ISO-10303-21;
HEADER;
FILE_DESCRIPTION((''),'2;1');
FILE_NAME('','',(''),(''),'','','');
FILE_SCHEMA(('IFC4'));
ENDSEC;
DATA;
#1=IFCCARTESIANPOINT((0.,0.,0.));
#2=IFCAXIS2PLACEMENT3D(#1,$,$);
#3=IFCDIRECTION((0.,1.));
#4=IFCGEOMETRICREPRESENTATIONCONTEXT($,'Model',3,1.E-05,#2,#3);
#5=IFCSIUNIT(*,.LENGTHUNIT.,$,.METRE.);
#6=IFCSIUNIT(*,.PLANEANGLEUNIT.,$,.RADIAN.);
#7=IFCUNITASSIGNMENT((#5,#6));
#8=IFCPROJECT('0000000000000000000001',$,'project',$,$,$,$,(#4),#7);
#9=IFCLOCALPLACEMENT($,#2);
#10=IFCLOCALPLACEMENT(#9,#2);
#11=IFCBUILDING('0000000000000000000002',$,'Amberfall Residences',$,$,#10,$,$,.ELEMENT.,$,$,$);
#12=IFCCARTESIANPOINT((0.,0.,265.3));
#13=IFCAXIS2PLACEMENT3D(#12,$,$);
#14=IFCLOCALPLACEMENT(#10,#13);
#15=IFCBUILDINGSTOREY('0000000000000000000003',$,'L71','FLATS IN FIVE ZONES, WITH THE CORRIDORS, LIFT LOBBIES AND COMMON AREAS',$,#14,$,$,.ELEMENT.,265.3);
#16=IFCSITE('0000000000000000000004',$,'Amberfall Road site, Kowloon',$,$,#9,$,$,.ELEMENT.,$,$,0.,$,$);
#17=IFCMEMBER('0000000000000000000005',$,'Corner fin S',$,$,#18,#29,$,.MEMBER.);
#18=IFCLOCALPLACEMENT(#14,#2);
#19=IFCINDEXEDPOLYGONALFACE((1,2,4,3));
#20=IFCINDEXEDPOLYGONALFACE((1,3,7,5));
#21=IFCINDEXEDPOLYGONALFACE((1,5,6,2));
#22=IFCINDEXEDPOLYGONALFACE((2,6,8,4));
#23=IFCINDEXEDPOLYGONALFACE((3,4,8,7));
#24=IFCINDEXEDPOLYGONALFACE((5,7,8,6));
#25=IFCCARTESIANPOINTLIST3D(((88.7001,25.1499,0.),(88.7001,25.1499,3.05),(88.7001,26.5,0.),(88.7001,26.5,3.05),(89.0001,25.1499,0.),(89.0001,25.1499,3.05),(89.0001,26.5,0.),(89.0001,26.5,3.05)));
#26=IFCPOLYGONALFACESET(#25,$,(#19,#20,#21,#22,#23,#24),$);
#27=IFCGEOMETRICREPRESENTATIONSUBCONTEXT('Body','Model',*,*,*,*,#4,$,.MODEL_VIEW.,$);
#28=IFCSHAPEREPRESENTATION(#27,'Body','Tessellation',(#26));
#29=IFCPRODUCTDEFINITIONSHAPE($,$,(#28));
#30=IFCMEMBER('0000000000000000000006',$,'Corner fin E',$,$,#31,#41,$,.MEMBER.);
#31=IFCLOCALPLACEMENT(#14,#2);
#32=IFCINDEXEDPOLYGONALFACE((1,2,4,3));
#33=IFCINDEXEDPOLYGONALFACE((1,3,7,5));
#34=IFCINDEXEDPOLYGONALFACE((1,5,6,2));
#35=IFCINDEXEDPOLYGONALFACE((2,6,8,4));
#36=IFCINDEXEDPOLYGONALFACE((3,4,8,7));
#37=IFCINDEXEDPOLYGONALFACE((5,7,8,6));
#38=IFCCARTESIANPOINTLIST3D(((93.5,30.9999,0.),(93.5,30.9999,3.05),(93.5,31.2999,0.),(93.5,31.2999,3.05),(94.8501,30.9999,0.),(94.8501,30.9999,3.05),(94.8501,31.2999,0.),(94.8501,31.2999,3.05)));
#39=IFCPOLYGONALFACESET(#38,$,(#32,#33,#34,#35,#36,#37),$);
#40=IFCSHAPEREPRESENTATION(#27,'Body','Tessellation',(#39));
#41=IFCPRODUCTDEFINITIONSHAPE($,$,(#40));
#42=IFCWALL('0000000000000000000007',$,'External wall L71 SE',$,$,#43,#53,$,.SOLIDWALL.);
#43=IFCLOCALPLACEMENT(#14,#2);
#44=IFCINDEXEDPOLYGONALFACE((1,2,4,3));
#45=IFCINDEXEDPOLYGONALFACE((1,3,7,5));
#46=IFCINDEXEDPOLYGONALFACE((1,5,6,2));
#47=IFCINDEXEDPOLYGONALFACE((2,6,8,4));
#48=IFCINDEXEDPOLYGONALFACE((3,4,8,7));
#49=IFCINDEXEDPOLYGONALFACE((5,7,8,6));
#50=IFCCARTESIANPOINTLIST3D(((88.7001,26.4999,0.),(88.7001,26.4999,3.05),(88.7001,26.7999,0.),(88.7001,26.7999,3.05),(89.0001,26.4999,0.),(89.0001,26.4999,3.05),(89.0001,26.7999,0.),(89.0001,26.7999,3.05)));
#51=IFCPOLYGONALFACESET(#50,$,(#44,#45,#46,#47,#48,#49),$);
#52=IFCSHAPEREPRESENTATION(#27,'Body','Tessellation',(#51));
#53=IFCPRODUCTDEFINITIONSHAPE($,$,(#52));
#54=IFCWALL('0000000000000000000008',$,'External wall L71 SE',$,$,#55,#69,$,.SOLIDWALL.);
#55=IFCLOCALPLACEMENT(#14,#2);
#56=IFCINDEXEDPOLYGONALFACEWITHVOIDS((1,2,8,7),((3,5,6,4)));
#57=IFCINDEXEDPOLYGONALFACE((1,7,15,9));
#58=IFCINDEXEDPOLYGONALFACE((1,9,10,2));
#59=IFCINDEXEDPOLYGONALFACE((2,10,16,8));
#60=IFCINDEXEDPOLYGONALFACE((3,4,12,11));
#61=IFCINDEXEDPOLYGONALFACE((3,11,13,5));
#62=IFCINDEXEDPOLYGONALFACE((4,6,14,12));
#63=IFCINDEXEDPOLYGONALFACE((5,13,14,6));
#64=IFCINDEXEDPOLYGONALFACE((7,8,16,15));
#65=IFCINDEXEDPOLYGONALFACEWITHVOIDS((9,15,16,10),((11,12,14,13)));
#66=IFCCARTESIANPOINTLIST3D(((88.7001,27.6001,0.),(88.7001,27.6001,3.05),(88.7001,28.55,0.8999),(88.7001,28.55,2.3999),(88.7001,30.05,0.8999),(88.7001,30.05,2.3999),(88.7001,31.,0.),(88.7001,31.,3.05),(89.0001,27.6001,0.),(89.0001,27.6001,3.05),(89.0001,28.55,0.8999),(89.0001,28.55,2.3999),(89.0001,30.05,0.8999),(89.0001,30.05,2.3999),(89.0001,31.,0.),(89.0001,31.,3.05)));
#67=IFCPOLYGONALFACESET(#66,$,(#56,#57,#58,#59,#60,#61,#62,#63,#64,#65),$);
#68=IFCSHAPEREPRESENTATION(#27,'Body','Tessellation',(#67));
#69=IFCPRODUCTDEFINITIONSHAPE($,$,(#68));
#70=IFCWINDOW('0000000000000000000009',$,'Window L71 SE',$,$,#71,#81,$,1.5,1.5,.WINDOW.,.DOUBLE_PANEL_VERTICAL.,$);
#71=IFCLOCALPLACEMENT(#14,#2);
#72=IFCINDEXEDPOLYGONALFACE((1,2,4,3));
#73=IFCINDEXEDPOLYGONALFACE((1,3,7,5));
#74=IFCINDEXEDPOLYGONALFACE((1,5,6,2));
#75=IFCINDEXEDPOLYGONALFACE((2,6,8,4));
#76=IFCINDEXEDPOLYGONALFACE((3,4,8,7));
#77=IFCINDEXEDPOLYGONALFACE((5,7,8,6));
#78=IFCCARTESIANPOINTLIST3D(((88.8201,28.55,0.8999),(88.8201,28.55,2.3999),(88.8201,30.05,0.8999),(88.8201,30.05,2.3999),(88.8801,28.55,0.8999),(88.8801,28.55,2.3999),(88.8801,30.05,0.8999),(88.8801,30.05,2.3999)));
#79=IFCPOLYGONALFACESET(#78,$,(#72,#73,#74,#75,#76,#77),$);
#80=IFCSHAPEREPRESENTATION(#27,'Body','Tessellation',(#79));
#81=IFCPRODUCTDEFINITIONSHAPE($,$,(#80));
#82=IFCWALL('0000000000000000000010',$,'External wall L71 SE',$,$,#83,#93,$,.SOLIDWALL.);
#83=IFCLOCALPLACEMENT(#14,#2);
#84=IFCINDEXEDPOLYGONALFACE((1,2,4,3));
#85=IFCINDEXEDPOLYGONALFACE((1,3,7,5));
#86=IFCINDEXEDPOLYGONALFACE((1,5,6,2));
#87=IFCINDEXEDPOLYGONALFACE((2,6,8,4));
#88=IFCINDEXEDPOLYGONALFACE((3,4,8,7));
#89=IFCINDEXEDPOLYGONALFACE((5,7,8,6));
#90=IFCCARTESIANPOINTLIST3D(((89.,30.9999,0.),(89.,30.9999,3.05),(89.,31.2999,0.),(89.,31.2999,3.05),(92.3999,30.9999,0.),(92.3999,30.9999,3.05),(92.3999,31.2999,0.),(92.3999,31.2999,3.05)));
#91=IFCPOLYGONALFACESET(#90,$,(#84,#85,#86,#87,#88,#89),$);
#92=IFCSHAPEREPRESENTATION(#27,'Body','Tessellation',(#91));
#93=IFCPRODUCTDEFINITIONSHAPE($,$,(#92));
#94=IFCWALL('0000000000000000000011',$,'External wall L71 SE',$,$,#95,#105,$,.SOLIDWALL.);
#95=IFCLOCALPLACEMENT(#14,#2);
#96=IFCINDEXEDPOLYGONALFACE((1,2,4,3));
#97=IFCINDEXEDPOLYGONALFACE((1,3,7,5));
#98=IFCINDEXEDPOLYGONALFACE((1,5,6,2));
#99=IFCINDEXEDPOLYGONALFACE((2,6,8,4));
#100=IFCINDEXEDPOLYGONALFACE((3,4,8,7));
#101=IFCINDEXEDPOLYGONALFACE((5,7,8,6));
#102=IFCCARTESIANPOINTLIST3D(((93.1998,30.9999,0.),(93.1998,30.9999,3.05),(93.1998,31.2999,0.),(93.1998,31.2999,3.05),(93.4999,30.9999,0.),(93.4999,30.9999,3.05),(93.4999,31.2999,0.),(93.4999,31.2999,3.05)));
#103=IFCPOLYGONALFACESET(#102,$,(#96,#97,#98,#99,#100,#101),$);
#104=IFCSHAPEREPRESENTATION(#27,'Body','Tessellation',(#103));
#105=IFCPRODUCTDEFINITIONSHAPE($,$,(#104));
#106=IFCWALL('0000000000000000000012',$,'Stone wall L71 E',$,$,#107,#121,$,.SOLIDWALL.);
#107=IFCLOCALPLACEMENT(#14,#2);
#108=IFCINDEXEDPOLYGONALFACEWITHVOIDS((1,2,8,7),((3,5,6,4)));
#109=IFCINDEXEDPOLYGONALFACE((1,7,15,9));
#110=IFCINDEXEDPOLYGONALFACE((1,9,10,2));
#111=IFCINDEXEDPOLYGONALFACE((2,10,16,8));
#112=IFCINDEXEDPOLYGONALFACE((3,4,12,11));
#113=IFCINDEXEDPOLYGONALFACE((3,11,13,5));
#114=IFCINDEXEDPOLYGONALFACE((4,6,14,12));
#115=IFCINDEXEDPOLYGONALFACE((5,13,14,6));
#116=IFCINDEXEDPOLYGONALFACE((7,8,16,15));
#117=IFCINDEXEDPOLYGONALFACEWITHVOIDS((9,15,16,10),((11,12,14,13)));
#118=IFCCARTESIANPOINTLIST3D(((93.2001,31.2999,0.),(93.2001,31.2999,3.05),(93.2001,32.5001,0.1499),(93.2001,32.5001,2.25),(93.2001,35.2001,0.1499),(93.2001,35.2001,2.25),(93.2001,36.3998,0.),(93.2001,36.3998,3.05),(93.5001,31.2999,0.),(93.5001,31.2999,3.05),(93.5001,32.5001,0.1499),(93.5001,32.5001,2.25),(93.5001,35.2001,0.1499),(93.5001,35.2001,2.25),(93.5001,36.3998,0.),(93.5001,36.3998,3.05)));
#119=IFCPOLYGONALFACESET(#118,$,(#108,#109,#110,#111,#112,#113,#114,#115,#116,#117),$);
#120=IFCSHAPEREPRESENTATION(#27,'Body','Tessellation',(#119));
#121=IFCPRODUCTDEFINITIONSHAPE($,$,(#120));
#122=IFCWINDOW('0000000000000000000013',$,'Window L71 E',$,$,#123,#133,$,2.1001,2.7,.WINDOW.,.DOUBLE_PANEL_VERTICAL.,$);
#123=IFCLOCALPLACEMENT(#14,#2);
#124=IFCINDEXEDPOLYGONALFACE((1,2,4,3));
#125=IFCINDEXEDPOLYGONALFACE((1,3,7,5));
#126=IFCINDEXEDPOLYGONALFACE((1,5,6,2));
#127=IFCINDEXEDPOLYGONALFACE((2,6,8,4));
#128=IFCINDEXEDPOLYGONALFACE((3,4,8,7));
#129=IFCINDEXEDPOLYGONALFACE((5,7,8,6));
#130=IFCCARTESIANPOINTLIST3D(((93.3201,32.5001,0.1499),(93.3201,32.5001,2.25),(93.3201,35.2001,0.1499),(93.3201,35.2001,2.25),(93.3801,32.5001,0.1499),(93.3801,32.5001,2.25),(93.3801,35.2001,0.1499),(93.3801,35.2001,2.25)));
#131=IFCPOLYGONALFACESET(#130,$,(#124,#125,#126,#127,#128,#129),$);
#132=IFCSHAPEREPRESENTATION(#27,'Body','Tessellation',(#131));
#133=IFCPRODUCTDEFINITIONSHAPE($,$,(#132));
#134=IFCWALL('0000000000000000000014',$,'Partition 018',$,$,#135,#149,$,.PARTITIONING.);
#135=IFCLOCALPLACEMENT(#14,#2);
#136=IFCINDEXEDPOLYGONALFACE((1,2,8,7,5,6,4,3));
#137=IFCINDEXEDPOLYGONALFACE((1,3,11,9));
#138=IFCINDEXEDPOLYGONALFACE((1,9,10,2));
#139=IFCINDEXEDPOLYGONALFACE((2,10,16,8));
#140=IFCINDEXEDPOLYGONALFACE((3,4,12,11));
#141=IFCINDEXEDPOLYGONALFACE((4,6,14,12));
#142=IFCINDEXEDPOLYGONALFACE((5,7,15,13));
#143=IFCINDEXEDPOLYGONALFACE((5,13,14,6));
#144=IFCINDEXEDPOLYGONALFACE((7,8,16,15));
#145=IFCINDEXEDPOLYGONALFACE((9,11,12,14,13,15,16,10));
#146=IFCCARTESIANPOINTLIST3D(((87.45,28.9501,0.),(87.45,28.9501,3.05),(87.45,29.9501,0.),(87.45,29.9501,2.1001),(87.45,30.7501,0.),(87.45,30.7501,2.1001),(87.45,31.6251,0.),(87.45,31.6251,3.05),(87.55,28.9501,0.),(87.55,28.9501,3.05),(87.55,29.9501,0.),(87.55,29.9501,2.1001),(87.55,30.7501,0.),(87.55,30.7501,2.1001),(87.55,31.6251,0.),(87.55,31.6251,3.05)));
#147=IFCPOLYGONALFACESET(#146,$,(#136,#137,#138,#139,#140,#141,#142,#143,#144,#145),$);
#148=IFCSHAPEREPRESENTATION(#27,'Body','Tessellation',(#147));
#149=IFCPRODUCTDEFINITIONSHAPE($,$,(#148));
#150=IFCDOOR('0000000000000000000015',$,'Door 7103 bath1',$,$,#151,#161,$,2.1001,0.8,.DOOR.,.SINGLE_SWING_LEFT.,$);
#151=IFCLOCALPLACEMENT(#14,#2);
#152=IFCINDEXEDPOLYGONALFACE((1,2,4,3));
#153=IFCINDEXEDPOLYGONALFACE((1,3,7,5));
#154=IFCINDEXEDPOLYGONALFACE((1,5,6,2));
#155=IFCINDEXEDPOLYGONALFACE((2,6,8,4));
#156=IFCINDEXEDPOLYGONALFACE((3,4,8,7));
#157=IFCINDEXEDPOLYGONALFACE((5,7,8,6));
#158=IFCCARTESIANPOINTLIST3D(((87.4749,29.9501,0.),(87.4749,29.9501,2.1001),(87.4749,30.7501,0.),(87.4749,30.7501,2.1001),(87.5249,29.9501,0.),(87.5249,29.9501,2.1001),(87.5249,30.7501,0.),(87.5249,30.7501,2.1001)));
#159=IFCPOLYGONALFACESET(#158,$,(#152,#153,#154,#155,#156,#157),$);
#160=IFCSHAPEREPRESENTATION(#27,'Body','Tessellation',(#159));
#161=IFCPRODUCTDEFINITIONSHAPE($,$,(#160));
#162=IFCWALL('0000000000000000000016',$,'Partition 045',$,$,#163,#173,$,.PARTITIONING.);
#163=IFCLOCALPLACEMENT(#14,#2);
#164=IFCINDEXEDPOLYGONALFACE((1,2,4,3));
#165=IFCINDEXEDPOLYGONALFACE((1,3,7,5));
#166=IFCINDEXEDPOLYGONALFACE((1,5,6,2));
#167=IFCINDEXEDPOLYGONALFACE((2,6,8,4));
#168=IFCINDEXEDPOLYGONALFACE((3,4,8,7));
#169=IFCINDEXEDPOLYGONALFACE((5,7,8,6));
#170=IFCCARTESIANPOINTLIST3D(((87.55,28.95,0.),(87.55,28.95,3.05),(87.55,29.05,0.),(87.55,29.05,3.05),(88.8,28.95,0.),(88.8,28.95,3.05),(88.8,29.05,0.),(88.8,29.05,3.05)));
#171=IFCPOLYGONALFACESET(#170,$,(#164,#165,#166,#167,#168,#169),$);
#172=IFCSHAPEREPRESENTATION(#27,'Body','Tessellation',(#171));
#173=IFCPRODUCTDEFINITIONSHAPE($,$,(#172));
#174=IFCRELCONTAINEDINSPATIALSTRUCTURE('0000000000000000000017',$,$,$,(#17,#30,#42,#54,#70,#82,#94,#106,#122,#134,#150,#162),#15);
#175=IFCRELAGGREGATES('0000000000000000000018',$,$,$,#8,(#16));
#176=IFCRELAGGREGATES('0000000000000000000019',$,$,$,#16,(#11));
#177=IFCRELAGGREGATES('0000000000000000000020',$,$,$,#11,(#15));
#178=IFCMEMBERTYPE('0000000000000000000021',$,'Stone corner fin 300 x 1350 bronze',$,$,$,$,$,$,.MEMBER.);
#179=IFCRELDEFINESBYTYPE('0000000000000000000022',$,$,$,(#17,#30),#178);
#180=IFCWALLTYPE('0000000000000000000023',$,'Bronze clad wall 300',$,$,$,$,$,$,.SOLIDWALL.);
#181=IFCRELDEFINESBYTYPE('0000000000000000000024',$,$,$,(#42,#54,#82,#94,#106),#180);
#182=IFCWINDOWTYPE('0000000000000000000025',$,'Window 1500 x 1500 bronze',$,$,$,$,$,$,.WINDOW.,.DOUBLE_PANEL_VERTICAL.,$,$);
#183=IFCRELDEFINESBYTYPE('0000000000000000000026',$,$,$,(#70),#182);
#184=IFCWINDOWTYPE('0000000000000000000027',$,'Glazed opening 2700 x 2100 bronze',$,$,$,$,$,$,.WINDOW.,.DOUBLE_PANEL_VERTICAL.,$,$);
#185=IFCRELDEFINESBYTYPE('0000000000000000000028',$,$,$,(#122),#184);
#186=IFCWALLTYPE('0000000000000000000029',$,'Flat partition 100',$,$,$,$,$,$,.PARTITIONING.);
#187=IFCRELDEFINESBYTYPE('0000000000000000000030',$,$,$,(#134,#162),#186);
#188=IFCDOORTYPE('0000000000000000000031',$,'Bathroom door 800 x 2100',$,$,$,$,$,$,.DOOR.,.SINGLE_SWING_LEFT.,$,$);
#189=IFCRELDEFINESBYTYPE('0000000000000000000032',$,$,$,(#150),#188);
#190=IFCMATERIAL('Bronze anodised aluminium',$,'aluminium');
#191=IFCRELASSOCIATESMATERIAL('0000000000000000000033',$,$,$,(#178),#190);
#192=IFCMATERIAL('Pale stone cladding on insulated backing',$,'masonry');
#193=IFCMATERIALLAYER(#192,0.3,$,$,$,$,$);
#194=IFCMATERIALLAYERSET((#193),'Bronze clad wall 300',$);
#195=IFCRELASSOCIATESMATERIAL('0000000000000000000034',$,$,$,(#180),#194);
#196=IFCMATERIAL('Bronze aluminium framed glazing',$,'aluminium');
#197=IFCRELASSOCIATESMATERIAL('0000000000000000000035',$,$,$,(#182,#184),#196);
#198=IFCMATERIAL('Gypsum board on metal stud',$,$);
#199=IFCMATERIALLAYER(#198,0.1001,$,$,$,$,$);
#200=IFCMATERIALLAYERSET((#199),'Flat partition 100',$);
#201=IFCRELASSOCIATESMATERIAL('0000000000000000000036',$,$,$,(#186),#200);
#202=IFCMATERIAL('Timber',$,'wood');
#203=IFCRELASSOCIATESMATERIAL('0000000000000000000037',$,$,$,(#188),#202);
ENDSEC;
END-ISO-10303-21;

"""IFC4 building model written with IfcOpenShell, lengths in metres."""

from ifc_helpers import new_model, si_unit, direction, frame, frame_2d, origin, origin_2d, place, context, subcontext, project, spatial, rectangle, extrude, material, layer, layer_set, material_profile, profile_set, type_object, element, fill, save


model = new_model("IFC4")

# Units and contexts
model_context = context("Model", 3, precision=1e-05, world=origin(), true_north=direction((0.0, 1.0)))
body_context = subcontext(model_context, "Body", "Model", "MODEL_VIEW")
ifc_project = project(units=[si_unit("LENGTHUNIT", "METRE"), si_unit("PLANEANGLEUNIT", "RADIAN")], contexts=[model_context])

# Site, building, storey
site_placement = place(None, origin())
site = spatial("IfcSite", under=ifc_project, at=site_placement, Name="Amberfall Road site, Kowloon", CompositionType="ELEMENT", RefElevation=0.0)
building_placement = place(site_placement, origin())
building = spatial("IfcBuilding", under=site, at=building_placement, Name="Amberfall Residences", CompositionType="ELEMENT")
storey_placement = place(building_placement, frame((0.0, 0.0, 265.3)))
storey = spatial("IfcBuildingStorey", under=building, at=storey_placement, Name="L71", Description="FLATS IN FIVE ZONES, WITH THE CORRIDORS, LIFT LOBBIES AND COMMON AREAS", CompositionType="ELEMENT", Elevation=265.3)

# Members
ifc_material_1 = material(Name="Bronze anodised aluminium", Category="aluminium")
ifc_material_profile_1 = material_profile(ifc_material_1, rectangle(XDim=1.3501, YDim=0.3, at=origin_2d()), Name="Stone corner fin 300 x 1350 bronze")
ifc_profile_set_1 = profile_set([ifc_material_profile_1], Name="Bronze anodised aluminium")
member_type = type_object("IfcMemberType", Name="Stone corner fin 300 x 1350 bronze", PredefinedType="MEMBER", material=ifc_profile_set_1)
for number, where, z_axis, x_axis, name in (
    (1, (88.8501, 25.825, 0.0), (0.0, 0.0, 1.0), (0.0, 1.0, 0.0), "Corner fin S"),
    (2, (94.175, 31.1499, 0.0), (0.0, 0.0, 1.0), (-1.0, 0.0, 0.0), "Corner fin E"),
):
    element("IfcMember", number, at=place(storey_placement, frame(where, z_axis=z_axis, x_axis=x_axis)), inside=storey, type_object=member_type, Name=name, PredefinedType="MEMBER", context=body_context, shape_type="SweptSolid", body=[
        extrude(rectangle(XDim=1.3501, YDim=0.3, at=origin_2d()), origin(), (0.0, 0.0, 1.0), 3.05),
    ])

# Wall
ifc_material_2 = material(Name="Pale stone cladding on insulated backing", Category="masonry")
ifc_layer_1 = layer(ifc_material_2, 0.3)
ifc_layer_set_1 = layer_set([ifc_layer_1], Name="Bronze clad wall 300")
wall_type_1 = type_object("IfcWallType", Name="Bronze clad wall 300", PredefinedType="SOLIDWALL", material=ifc_layer_set_1)
wall_1_placement = place(storey_placement, frame((88.8501, 26.5, 0.0), z_axis=(0.0, 0.0, 1.0), x_axis=(0.0, 1.0, 0.0)))
element("IfcWall", 3, at=wall_1_placement, inside=storey, type_object=wall_type_1, Name="External wall L71 SE", PredefinedType="SOLIDWALL", context=body_context, shape_type="SweptSolid", body=[
    extrude(rectangle(XDim=0.3, YDim=0.3, at=frame_2d((0.1499, 0.0))), origin(), (0.0, 0.0, 1.0), 3.05),
])

# Wall, opening, window
wall_2_placement = place(storey_placement, frame((88.8501, 27.6001, 0.0), z_axis=(0.0, 0.0, 1.0), x_axis=(0.0, 1.0, 0.0)))
wall_2 = element("IfcWall", 4, at=wall_2_placement, inside=storey, type_object=wall_type_1, Name="External wall L71 SE", PredefinedType="SOLIDWALL", context=body_context, shape_type="SweptSolid", body=[
    extrude(rectangle(XDim=3.3999, YDim=0.3, at=frame_2d((1.7, 0.0))), origin(), (0.0, 0.0, 1.0), 3.05),
])
opening_1_placement = place(wall_2_placement, frame((0.95, 0.0, 0.8999)))
opening_1 = element("IfcOpeningElement", 5, at=opening_1_placement, cuts=wall_2, PredefinedType="OPENING", context=body_context, shape_type="SweptSolid", body=[
    extrude(rectangle(XDim=1.5, YDim=1.5, at=frame_2d((0.75, 0.75))), frame((0.0, 0.1599, 0.0), z_axis=(0.0, -1.0, 0.0), x_axis=(1.0, 0.0, 0.0)), (0.0, 0.0, 1.0), 0.3201),
])
ifc_material_3 = material(Name="Bronze aluminium framed glazing", Category="aluminium")
window_type_1 = type_object("IfcWindowType", Name="Window 1500 x 1500 bronze", PartitioningType="DOUBLE_PANEL_VERTICAL", PredefinedType="WINDOW", material=ifc_material_3)
window_1_placement = place(opening_1_placement, origin())
window_1 = element("IfcWindow", 6, at=window_1_placement, inside=storey, type_object=window_type_1, Name="Window L71 SE", OverallHeight=1.5, OverallWidth=1.5, PartitioningType="DOUBLE_PANEL_VERTICAL", PredefinedType="WINDOW", context=body_context, shape_type="SweptSolid", body=[
    extrude(rectangle(XDim=1.5, YDim=1.5, at=frame_2d((0.75, 0.75))), frame((0.0, 0.03, 0.0), z_axis=(0.0, -1.0, 0.0), x_axis=(1.0, 0.0, 0.0)), (0.0, 0.0, 1.0), 0.0601),
])
fill(opening_1, window_1)

# Walls
wall_3_placement = place(storey_placement, frame((89.0, 31.1499, 0.0), z_axis=(0.0, 0.0, 1.0), x_axis=(1.0, 0.0, 0.0)))
element("IfcWall", 7, at=wall_3_placement, inside=storey, type_object=wall_type_1, Name="External wall L71 SE", PredefinedType="SOLIDWALL", context=body_context, shape_type="SweptSolid", body=[
    extrude(rectangle(XDim=3.3999, YDim=0.3, at=frame_2d((1.7, 0.0))), origin(), (0.0, 0.0, 1.0), 3.05),
])
wall_4_placement = place(storey_placement, frame((93.2, 31.1499, 0.0), z_axis=(0.0, 0.0, 1.0), x_axis=(1.0, 0.0, 0.0)))
element("IfcWall", 8, at=wall_4_placement, inside=storey, type_object=wall_type_1, Name="External wall L71 SE", PredefinedType="SOLIDWALL", context=body_context, shape_type="SweptSolid", body=[
    extrude(rectangle(XDim=0.3, YDim=0.3, at=frame_2d((0.1499, 0.0))), origin(), (0.0, 0.0, 1.0), 3.05),
])

# Wall, opening, window
wall_5_placement = place(storey_placement, frame((93.3501, 31.3, 0.0), z_axis=(0.0, 0.0, 1.0), x_axis=(0.0, 1.0, 0.0)))
wall_5 = element("IfcWall", 9, at=wall_5_placement, inside=storey, type_object=wall_type_1, Name="Stone wall L71 E", PredefinedType="SOLIDWALL", context=body_context, shape_type="SweptSolid", body=[
    extrude(rectangle(XDim=5.0999, YDim=0.3, at=frame_2d((2.5498, 0.0))), origin(), (0.0, 0.0, 1.0), 3.05),
])
opening_2_placement = place(wall_5_placement, frame((1.2, 0.0, 0.1499)))
opening_2 = element("IfcOpeningElement", 10, at=opening_2_placement, cuts=wall_5, PredefinedType="OPENING", context=body_context, shape_type="SweptSolid", body=[
    extrude(rectangle(XDim=2.7, YDim=2.1001, at=frame_2d((1.3501, 1.05))), frame((0.0, 0.1599, 0.0), z_axis=(0.0, -1.0, 0.0), x_axis=(1.0, 0.0, 0.0)), (0.0, 0.0, 1.0), 0.3201),
])
window_type_2 = type_object("IfcWindowType", Name="Glazed opening 2700 x 2100 bronze", PartitioningType="DOUBLE_PANEL_VERTICAL", PredefinedType="WINDOW", material=ifc_material_3)
window_2_placement = place(opening_2_placement, origin())
window_2 = element("IfcWindow", 11, at=window_2_placement, inside=storey, type_object=window_type_2, Name="Window L71 E", OverallHeight=2.1001, OverallWidth=2.7, PartitioningType="DOUBLE_PANEL_VERTICAL", PredefinedType="WINDOW", context=body_context, shape_type="SweptSolid", body=[
    extrude(rectangle(XDim=2.7, YDim=2.1001, at=frame_2d((1.3501, 1.05))), frame((0.0, 0.03, 0.0), z_axis=(0.0, -1.0, 0.0), x_axis=(1.0, 0.0, 0.0)), (0.0, 0.0, 1.0), 0.0601),
])
fill(opening_2, window_2)

# Wall, opening, door
ifc_material_4 = material(Name="Gypsum board on metal stud")
ifc_layer_2 = layer(ifc_material_4, 0.1001)
ifc_layer_set_2 = layer_set([ifc_layer_2], Name="Flat partition 100")
wall_type_2 = type_object("IfcWallType", Name="Flat partition 100", PredefinedType="PARTITIONING", material=ifc_layer_set_2)
wall_6_placement = place(storey_placement, frame((87.5, 31.625, 0.0), z_axis=(0.0, 0.0, 1.0), x_axis=(0.0, -1.0, 0.0)))
wall_6 = element("IfcWall", 12, at=wall_6_placement, inside=storey, type_object=wall_type_2, Name="Partition 018", PredefinedType="PARTITIONING", context=body_context, shape_type="SweptSolid", body=[
    extrude(rectangle(XDim=2.675, YDim=0.1001, at=frame_2d((1.3374, 0.0))), origin(), (0.0, 0.0, 1.0), 3.05),
])
opening_3_placement = place(wall_6_placement, frame((0.875, 0.0, 0.0)))
opening_3 = element("IfcOpeningElement", 13, at=opening_3_placement, cuts=wall_6, PredefinedType="OPENING", context=body_context, shape_type="SweptSolid", body=[
    extrude(rectangle(XDim=0.8, YDim=2.1001, at=frame_2d((0.3999, 1.05))), frame((0.0, 0.0601, 0.0), z_axis=(0.0, -1.0, 0.0), x_axis=(1.0, 0.0, 0.0)), (0.0, 0.0, 1.0), 0.1201),
])
ifc_material_5 = material(Name="Timber", Category="wood")
door_type_1 = type_object("IfcDoorType", Name="Bathroom door 800 x 2100", OperationType="SINGLE_SWING_LEFT", PredefinedType="DOOR", material=ifc_material_5)
door_1_placement = place(opening_3_placement, origin())
door_1 = element("IfcDoor", 14, at=door_1_placement, inside=storey, type_object=door_type_1, Name="Door 7103 bath1", OperationType="SINGLE_SWING_LEFT", OverallHeight=2.1001, OverallWidth=0.8, PredefinedType="DOOR", context=body_context, shape_type="SweptSolid", body=[
    extrude(rectangle(XDim=0.8, YDim=2.1001, at=frame_2d((0.3999, 1.05))), frame((0.0, 0.0249, 0.0), z_axis=(0.0, -1.0, 0.0), x_axis=(1.0, 0.0, 0.0)), (0.0, 0.0, 1.0), 0.05),
])
fill(opening_3, door_1)

# Wall
wall_7_placement = place(storey_placement, frame((87.55, 29.0, 0.0), z_axis=(0.0, 0.0, 1.0), x_axis=(1.0, 0.0, 0.0)))
element("IfcWall", 15, at=wall_7_placement, inside=storey, type_object=wall_type_2, Name="Partition 045", PredefinedType="PARTITIONING", context=body_context, shape_type="SweptSolid", body=[
    extrude(rectangle(XDim=1.25, YDim=0.1001, at=frame_2d((0.625, 0.0))), origin(), (0.0, 0.0, 1.0), 3.05),
])

save(model, "model.ifc")
